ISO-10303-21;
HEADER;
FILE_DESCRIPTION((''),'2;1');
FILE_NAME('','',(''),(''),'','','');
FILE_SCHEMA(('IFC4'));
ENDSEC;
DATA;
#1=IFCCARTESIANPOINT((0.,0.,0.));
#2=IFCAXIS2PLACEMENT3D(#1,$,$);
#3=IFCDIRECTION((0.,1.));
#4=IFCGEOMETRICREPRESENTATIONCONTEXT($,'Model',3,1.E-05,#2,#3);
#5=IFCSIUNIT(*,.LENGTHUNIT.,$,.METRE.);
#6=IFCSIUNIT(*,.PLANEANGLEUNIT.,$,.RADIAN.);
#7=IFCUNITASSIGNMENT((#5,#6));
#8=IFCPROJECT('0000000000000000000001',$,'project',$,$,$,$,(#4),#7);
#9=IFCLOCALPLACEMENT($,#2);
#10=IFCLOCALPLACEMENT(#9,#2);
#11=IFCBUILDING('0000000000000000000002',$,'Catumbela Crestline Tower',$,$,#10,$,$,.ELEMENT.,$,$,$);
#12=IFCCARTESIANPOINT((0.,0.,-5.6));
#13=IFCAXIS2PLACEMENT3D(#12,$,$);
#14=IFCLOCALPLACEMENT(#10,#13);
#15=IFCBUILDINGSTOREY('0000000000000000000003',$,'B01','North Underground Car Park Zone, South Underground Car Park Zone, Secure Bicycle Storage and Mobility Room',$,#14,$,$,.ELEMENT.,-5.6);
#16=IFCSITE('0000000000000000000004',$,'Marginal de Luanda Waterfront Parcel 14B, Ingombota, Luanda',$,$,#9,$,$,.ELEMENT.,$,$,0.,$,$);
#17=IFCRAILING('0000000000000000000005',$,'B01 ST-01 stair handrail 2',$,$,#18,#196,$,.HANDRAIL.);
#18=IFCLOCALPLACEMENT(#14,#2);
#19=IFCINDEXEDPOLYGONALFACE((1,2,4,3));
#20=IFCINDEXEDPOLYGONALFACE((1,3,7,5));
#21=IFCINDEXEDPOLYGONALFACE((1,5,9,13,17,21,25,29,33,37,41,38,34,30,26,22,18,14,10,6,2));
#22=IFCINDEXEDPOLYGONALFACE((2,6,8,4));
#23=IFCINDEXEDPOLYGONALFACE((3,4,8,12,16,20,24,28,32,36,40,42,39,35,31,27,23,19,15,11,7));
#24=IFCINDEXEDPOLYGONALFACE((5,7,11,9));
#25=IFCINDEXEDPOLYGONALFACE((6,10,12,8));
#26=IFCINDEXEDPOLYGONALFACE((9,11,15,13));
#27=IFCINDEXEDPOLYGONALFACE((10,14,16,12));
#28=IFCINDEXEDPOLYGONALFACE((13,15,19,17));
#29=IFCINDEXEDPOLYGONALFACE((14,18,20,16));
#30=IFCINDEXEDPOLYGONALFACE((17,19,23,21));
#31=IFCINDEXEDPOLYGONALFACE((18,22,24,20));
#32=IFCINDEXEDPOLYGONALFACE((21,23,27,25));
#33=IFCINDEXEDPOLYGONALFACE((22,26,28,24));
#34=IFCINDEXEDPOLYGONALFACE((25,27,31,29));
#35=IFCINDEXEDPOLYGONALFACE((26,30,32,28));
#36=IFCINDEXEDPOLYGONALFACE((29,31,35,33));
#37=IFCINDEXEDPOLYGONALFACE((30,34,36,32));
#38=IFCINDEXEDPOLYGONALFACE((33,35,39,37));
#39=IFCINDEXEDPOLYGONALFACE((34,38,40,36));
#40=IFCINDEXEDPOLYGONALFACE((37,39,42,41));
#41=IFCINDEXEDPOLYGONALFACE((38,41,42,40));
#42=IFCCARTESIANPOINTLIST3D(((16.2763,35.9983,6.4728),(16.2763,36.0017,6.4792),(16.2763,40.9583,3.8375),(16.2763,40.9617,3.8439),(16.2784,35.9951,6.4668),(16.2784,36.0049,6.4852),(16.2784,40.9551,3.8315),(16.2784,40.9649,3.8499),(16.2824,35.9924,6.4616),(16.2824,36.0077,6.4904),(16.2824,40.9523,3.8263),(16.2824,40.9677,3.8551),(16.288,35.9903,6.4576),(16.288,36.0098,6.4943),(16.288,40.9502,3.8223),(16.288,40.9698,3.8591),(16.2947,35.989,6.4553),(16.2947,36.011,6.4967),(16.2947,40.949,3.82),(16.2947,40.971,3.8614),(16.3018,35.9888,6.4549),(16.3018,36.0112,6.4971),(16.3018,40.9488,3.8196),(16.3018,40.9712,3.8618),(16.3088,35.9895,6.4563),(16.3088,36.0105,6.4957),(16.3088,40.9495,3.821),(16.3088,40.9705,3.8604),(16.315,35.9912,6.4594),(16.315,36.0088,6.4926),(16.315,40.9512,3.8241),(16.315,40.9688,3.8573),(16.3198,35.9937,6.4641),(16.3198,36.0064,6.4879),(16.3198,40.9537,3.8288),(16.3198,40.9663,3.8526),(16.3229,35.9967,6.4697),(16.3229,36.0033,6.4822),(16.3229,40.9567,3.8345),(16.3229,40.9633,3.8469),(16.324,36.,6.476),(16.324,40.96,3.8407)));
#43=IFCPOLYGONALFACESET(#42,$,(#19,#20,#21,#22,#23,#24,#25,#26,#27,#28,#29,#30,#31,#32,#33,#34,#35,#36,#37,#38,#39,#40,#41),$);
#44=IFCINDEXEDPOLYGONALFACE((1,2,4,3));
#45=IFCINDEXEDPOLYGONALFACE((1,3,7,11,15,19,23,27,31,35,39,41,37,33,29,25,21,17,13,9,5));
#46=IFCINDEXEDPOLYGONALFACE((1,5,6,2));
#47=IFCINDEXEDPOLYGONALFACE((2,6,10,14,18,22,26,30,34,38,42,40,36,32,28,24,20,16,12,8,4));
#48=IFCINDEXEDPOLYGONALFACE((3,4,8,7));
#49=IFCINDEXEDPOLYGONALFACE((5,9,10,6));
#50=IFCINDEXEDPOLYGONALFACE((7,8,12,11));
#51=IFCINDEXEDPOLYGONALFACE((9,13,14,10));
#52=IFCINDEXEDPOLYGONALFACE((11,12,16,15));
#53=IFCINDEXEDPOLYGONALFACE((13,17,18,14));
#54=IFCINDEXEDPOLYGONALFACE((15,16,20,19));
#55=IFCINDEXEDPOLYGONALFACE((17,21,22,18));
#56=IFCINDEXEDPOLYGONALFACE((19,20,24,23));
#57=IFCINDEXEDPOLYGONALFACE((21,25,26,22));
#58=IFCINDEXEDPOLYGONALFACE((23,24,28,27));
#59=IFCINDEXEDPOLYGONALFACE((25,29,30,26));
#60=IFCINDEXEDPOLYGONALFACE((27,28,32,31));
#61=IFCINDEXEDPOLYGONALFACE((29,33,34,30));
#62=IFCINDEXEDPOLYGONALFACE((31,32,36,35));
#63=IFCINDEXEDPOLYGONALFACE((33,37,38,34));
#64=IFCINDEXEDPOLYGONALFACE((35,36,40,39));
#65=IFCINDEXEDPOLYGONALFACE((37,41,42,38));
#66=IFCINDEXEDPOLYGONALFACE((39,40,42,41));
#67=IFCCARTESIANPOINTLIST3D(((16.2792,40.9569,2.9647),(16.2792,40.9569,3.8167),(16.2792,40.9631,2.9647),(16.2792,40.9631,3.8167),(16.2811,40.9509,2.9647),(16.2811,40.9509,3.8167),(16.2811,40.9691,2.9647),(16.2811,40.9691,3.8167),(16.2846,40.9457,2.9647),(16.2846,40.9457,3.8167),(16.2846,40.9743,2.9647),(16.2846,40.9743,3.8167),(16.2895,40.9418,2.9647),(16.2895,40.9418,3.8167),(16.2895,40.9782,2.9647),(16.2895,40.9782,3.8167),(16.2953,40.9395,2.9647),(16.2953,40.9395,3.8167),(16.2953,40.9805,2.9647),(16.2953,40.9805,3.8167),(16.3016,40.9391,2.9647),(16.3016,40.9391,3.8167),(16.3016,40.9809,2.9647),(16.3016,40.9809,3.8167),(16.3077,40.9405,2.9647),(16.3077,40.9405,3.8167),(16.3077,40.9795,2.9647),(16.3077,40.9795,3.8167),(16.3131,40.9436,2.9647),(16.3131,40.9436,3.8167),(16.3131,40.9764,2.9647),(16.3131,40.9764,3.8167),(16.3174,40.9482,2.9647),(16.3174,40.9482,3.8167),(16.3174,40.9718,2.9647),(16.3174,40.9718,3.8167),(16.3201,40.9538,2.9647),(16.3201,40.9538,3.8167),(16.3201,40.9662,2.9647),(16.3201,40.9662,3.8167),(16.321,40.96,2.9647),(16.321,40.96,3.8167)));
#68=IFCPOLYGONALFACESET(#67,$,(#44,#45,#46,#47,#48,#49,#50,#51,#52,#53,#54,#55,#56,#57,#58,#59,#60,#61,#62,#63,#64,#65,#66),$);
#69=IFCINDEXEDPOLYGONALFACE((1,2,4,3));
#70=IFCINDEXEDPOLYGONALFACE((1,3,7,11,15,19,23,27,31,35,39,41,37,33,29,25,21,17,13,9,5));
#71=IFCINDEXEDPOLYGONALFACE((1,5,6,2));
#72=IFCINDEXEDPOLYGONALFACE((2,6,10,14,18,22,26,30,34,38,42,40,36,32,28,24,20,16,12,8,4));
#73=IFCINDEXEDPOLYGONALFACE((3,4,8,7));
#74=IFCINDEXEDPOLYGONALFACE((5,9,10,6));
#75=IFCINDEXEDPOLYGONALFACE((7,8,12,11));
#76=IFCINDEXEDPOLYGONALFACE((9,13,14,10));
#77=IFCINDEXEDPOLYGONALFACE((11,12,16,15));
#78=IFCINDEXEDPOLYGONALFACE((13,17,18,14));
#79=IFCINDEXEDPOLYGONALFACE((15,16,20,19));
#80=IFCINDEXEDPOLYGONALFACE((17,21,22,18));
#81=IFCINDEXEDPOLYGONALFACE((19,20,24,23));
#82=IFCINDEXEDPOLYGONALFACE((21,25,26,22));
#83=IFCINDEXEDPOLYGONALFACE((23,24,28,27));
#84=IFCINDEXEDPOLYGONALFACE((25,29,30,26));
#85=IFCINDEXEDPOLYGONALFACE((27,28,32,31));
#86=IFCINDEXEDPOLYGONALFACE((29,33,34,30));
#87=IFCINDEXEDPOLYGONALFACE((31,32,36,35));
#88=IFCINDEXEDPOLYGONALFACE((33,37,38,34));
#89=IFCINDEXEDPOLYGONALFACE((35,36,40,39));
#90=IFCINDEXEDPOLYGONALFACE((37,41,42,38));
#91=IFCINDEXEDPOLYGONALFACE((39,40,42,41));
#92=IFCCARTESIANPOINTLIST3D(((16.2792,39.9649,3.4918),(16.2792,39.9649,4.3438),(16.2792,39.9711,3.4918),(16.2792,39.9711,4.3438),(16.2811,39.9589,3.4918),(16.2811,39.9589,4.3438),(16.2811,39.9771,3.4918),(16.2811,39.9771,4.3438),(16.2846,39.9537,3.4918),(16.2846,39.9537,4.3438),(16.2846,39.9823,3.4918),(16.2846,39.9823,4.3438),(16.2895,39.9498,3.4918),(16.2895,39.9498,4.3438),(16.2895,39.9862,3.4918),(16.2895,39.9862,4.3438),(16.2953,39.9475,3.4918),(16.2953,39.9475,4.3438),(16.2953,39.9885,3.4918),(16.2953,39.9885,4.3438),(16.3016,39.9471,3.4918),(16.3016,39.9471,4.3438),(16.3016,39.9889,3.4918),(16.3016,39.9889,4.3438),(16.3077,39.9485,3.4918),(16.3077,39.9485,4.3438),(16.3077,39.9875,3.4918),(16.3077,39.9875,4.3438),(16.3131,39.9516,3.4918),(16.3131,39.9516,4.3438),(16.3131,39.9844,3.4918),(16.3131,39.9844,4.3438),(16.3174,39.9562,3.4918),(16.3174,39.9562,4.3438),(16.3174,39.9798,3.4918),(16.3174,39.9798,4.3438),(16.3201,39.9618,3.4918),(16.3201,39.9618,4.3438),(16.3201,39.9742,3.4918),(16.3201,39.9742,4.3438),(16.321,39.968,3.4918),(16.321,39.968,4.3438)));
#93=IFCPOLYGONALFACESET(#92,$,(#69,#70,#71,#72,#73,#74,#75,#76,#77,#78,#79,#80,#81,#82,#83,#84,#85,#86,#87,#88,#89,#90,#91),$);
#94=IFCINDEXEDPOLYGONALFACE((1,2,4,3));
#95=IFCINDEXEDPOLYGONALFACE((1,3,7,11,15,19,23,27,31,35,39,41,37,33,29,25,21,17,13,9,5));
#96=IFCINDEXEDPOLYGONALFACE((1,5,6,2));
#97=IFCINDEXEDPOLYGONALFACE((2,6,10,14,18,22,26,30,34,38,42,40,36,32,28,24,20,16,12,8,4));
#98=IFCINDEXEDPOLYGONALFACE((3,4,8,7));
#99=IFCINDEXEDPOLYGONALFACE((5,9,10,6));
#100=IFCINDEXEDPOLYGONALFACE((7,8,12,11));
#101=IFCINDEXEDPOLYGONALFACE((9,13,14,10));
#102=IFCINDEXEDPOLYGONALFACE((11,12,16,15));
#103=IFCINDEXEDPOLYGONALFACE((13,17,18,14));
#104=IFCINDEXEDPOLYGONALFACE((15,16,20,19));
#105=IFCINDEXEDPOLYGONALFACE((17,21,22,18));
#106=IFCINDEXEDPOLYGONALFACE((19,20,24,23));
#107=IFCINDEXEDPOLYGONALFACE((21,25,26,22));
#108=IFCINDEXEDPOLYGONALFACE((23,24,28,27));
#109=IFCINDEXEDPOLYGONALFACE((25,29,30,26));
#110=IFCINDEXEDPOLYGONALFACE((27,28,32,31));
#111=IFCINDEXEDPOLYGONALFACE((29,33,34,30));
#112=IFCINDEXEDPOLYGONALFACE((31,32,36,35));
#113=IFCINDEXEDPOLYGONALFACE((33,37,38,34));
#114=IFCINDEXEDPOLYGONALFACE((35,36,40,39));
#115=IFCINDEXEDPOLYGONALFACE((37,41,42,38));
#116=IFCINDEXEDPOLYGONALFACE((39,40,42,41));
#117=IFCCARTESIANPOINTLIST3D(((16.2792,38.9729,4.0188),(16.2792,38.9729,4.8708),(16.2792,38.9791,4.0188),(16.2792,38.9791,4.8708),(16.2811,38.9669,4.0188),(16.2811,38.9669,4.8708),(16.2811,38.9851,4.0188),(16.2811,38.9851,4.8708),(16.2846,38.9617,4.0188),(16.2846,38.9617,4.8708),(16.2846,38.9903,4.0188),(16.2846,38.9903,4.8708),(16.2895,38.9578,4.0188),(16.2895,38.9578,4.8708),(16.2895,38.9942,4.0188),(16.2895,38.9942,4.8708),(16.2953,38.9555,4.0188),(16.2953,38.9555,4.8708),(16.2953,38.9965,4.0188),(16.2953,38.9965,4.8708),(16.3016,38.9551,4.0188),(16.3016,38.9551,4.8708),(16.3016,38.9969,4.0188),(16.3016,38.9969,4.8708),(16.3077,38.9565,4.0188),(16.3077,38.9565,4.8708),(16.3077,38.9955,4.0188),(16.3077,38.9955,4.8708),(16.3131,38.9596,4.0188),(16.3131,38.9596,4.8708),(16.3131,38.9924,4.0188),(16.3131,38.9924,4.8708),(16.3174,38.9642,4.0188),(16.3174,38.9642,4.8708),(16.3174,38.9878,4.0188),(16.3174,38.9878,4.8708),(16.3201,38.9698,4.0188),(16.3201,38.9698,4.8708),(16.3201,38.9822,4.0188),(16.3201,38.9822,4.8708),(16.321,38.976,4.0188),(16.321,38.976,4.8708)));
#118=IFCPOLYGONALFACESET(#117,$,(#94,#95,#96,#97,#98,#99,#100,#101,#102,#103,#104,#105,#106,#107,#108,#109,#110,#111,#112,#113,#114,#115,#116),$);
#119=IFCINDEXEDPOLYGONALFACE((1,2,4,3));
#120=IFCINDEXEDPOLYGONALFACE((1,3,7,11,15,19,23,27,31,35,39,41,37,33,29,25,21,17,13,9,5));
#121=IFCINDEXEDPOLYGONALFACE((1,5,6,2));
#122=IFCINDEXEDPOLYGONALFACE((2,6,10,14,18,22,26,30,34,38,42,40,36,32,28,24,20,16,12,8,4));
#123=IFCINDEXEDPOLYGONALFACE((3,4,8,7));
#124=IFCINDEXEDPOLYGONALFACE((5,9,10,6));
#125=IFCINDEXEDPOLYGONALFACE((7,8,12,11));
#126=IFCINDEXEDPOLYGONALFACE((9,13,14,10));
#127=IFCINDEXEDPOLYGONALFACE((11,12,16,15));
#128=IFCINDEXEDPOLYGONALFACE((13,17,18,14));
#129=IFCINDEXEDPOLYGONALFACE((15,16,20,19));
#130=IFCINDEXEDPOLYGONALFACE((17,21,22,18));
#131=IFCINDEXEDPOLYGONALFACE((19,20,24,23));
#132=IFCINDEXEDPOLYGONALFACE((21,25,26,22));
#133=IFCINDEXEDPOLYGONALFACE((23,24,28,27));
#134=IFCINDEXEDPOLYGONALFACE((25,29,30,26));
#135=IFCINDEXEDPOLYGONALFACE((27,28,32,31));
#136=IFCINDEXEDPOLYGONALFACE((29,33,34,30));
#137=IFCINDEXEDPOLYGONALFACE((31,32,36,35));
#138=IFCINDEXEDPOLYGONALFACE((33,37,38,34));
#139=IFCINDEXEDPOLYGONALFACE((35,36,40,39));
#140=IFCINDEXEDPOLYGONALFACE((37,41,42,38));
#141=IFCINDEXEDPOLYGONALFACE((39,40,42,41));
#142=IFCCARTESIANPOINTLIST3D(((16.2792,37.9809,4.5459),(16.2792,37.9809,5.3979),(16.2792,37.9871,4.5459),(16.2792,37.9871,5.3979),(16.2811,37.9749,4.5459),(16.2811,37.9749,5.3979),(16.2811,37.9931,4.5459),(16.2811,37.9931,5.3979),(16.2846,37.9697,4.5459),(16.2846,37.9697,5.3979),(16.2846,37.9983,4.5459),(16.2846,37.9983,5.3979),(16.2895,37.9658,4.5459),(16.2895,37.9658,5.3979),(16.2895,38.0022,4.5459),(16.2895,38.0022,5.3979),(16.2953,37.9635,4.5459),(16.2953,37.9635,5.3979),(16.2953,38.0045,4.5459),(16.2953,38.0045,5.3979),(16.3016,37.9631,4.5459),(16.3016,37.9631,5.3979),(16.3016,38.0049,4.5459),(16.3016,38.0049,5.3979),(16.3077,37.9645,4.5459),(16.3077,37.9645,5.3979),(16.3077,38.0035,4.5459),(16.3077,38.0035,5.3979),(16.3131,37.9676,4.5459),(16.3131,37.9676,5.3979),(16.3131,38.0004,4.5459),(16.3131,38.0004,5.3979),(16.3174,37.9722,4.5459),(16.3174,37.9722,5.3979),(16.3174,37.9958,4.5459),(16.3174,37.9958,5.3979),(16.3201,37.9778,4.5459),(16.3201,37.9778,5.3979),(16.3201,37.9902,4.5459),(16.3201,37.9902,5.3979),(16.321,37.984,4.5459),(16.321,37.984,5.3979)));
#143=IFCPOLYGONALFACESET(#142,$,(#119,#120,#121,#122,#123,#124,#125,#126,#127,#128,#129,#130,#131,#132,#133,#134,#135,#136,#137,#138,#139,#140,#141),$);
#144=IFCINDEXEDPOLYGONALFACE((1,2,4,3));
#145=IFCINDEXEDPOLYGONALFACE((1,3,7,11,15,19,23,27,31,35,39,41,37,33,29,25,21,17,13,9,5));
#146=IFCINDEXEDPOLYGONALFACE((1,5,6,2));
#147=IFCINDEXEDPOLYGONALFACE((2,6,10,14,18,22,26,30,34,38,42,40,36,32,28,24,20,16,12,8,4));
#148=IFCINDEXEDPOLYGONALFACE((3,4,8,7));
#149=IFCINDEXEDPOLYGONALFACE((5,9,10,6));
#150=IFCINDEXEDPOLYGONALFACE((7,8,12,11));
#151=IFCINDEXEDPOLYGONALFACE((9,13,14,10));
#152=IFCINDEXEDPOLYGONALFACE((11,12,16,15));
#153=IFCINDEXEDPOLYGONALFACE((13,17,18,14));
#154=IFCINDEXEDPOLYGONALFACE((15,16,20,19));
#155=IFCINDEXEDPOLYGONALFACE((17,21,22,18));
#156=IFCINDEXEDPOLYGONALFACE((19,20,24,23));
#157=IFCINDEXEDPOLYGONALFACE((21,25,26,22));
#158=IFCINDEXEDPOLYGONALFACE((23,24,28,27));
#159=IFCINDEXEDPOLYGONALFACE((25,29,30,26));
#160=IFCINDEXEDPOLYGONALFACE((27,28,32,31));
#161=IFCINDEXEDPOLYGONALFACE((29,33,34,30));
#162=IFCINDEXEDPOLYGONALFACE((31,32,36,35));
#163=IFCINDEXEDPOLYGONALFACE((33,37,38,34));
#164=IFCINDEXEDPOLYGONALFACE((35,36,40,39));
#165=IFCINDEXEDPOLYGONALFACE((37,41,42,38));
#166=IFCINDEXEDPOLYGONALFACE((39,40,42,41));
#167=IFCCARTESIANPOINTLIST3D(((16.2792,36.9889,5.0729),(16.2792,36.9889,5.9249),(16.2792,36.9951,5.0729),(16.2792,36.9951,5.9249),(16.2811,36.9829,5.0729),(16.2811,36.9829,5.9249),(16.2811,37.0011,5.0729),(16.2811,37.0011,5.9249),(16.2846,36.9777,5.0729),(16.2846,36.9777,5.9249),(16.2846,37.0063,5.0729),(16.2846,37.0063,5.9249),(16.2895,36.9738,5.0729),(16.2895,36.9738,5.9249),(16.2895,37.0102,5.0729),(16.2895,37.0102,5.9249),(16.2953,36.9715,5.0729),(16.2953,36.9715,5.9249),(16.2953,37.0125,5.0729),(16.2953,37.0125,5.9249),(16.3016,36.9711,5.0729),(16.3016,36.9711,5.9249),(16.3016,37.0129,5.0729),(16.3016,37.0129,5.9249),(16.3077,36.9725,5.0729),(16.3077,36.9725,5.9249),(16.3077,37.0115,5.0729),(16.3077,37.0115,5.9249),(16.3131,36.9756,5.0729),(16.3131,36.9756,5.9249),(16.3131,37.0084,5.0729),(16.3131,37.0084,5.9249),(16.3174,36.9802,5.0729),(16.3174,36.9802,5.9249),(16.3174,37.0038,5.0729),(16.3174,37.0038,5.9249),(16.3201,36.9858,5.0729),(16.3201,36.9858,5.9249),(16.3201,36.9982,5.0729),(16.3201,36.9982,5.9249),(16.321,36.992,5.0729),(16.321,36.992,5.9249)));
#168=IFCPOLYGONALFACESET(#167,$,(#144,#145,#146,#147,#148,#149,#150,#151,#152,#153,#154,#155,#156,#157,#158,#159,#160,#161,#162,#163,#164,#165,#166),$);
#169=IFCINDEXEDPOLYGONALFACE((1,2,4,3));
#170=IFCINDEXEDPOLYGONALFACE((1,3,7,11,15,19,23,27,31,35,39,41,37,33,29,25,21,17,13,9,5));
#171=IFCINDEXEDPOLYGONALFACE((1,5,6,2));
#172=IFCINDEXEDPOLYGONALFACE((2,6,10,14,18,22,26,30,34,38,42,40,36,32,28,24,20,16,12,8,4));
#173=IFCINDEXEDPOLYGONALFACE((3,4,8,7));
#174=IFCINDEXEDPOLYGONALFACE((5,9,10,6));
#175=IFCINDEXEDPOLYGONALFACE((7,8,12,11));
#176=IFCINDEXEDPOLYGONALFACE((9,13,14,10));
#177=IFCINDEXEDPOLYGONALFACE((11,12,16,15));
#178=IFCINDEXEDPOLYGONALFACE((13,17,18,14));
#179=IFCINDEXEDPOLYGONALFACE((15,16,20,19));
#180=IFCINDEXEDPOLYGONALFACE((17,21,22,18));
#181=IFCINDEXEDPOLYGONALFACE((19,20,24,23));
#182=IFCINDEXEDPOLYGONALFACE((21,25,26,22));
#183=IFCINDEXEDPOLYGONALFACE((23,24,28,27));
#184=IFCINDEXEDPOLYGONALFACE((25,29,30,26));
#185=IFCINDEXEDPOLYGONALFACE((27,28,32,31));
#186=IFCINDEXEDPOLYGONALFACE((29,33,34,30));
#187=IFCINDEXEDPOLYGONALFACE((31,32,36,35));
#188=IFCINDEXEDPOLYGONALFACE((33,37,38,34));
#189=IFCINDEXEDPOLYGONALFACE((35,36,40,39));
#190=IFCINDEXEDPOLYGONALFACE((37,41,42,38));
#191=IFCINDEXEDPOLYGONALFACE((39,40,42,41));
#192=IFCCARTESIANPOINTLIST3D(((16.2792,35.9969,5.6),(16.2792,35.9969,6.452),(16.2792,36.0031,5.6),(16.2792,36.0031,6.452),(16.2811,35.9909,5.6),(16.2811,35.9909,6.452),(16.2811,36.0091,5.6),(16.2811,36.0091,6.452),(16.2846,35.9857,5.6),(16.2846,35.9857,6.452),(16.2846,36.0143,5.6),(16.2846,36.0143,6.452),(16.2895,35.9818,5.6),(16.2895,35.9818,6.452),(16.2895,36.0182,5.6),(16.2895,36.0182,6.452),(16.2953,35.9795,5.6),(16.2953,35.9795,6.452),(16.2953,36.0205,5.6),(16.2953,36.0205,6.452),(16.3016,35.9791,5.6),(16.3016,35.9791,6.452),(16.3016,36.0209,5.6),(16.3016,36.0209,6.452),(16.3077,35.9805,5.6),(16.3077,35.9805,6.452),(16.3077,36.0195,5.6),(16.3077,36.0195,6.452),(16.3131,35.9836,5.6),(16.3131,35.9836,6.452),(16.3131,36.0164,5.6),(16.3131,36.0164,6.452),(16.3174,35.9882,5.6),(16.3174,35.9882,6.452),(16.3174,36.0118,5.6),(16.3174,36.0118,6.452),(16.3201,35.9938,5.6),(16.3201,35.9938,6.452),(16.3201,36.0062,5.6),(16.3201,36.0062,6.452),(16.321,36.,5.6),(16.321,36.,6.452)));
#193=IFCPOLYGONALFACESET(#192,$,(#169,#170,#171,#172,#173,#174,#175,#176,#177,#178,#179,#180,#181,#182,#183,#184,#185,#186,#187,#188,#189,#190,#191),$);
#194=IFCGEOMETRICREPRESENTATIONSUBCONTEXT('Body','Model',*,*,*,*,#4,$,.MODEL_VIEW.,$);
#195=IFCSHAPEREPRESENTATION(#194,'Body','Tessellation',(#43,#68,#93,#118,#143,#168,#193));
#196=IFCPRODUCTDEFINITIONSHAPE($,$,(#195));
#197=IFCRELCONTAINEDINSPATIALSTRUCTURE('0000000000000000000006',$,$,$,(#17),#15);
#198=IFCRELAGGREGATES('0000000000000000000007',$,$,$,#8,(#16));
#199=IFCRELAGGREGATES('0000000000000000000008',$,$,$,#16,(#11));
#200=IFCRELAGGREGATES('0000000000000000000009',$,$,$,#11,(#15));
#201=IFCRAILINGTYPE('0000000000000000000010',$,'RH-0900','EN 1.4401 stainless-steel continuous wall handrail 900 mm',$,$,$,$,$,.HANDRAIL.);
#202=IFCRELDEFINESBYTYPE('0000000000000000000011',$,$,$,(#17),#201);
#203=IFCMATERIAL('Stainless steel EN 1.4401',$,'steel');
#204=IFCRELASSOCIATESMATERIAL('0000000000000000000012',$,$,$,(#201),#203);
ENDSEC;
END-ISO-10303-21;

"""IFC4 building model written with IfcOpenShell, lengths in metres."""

from ifc_helpers import new_model, si_unit, direction, frame, origin, origin_2d, place, context, subcontext, project, spatial, circle, extrude, material, type_object, element, save


model = new_model("IFC4")

# Units and contexts
model_context = context("Model", 3, precision=1e-05, world=origin(), true_north=direction((0.0, 1.0)))
body_context = subcontext(model_context, "Body", "Model", "MODEL_VIEW")
ifc_project = project(units=[si_unit("LENGTHUNIT", "METRE"), si_unit("PLANEANGLEUNIT", "RADIAN")], contexts=[model_context])

# Site, building, storey
site_placement = place(None, origin())
site = spatial("IfcSite", under=ifc_project, at=site_placement, Name="Marginal de Luanda Waterfront Parcel 14B, Ingombota, Luanda", CompositionType="ELEMENT", RefElevation=0.0)
building_placement = place(site_placement, origin())
building = spatial("IfcBuilding", under=site, at=building_placement, Name="Catumbela Crestline Tower", CompositionType="ELEMENT")
storey_placement = place(building_placement, frame((0.0, 0.0, -5.6)))
storey = spatial("IfcBuildingStorey", under=building, at=storey_placement, Name="B01", Description="North Underground Car Park Zone, South Underground Car Park Zone, Secure Bicycle Storage and Mobility Room", CompositionType="ELEMENT", Elevation=-5.6)

# Shared definitions
ifc_material_1 = material(Name="Stainless steel EN 1.4401", Category="steel")

# Railing
railing_type_1 = type_object("IfcRailingType", Name="RH-0900", Description="EN 1.4401 stainless-steel continuous wall handrail 900 mm", PredefinedType="HANDRAIL", material=ifc_material_1)
railing_1_placement = place(storey_placement, frame((16.3, 40.96, 2.9647)))
element("IfcRailing", 1, at=railing_1_placement, inside=storey, type_object=railing_type_1, Name="B01 ST-01 stair handrail 2", PredefinedType="HANDRAIL", context=body_context, shape_type="SweptSolid", body=[
    extrude(circle(Radius=0.024, at=origin_2d()), frame((0.0, 0.0, 0.876), z_axis=(0.0, -0.883094, 0.469197), x_axis=(1.0, 0.0, 0.0)), (0.0, 0.0, 1.0), 5.6166),
    extrude(circle(Radius=0.021, at=origin_2d()), origin(), (0.0, 0.0, 1.0), 0.852),
    extrude(circle(Radius=0.021, at=origin_2d()), frame((0.0, -0.992, 0.5271)), (0.0, 0.0, 1.0), 0.852),
    extrude(circle(Radius=0.021, at=origin_2d()), frame((0.0, -1.984, 1.0541)), (0.0, 0.0, 1.0), 0.852),
    extrude(circle(Radius=0.021, at=origin_2d()), frame((0.0, -2.976, 1.5812)), (0.0, 0.0, 1.0), 0.852),
    extrude(circle(Radius=0.021, at=origin_2d()), frame((0.0, -3.968, 2.1082)), (0.0, 0.0, 1.0), 0.852),
    extrude(circle(Radius=0.021, at=origin_2d()), frame((0.0, -4.96, 2.6353)), (0.0, 0.0, 1.0), 0.852),
])

save(model, "model.ifc")
